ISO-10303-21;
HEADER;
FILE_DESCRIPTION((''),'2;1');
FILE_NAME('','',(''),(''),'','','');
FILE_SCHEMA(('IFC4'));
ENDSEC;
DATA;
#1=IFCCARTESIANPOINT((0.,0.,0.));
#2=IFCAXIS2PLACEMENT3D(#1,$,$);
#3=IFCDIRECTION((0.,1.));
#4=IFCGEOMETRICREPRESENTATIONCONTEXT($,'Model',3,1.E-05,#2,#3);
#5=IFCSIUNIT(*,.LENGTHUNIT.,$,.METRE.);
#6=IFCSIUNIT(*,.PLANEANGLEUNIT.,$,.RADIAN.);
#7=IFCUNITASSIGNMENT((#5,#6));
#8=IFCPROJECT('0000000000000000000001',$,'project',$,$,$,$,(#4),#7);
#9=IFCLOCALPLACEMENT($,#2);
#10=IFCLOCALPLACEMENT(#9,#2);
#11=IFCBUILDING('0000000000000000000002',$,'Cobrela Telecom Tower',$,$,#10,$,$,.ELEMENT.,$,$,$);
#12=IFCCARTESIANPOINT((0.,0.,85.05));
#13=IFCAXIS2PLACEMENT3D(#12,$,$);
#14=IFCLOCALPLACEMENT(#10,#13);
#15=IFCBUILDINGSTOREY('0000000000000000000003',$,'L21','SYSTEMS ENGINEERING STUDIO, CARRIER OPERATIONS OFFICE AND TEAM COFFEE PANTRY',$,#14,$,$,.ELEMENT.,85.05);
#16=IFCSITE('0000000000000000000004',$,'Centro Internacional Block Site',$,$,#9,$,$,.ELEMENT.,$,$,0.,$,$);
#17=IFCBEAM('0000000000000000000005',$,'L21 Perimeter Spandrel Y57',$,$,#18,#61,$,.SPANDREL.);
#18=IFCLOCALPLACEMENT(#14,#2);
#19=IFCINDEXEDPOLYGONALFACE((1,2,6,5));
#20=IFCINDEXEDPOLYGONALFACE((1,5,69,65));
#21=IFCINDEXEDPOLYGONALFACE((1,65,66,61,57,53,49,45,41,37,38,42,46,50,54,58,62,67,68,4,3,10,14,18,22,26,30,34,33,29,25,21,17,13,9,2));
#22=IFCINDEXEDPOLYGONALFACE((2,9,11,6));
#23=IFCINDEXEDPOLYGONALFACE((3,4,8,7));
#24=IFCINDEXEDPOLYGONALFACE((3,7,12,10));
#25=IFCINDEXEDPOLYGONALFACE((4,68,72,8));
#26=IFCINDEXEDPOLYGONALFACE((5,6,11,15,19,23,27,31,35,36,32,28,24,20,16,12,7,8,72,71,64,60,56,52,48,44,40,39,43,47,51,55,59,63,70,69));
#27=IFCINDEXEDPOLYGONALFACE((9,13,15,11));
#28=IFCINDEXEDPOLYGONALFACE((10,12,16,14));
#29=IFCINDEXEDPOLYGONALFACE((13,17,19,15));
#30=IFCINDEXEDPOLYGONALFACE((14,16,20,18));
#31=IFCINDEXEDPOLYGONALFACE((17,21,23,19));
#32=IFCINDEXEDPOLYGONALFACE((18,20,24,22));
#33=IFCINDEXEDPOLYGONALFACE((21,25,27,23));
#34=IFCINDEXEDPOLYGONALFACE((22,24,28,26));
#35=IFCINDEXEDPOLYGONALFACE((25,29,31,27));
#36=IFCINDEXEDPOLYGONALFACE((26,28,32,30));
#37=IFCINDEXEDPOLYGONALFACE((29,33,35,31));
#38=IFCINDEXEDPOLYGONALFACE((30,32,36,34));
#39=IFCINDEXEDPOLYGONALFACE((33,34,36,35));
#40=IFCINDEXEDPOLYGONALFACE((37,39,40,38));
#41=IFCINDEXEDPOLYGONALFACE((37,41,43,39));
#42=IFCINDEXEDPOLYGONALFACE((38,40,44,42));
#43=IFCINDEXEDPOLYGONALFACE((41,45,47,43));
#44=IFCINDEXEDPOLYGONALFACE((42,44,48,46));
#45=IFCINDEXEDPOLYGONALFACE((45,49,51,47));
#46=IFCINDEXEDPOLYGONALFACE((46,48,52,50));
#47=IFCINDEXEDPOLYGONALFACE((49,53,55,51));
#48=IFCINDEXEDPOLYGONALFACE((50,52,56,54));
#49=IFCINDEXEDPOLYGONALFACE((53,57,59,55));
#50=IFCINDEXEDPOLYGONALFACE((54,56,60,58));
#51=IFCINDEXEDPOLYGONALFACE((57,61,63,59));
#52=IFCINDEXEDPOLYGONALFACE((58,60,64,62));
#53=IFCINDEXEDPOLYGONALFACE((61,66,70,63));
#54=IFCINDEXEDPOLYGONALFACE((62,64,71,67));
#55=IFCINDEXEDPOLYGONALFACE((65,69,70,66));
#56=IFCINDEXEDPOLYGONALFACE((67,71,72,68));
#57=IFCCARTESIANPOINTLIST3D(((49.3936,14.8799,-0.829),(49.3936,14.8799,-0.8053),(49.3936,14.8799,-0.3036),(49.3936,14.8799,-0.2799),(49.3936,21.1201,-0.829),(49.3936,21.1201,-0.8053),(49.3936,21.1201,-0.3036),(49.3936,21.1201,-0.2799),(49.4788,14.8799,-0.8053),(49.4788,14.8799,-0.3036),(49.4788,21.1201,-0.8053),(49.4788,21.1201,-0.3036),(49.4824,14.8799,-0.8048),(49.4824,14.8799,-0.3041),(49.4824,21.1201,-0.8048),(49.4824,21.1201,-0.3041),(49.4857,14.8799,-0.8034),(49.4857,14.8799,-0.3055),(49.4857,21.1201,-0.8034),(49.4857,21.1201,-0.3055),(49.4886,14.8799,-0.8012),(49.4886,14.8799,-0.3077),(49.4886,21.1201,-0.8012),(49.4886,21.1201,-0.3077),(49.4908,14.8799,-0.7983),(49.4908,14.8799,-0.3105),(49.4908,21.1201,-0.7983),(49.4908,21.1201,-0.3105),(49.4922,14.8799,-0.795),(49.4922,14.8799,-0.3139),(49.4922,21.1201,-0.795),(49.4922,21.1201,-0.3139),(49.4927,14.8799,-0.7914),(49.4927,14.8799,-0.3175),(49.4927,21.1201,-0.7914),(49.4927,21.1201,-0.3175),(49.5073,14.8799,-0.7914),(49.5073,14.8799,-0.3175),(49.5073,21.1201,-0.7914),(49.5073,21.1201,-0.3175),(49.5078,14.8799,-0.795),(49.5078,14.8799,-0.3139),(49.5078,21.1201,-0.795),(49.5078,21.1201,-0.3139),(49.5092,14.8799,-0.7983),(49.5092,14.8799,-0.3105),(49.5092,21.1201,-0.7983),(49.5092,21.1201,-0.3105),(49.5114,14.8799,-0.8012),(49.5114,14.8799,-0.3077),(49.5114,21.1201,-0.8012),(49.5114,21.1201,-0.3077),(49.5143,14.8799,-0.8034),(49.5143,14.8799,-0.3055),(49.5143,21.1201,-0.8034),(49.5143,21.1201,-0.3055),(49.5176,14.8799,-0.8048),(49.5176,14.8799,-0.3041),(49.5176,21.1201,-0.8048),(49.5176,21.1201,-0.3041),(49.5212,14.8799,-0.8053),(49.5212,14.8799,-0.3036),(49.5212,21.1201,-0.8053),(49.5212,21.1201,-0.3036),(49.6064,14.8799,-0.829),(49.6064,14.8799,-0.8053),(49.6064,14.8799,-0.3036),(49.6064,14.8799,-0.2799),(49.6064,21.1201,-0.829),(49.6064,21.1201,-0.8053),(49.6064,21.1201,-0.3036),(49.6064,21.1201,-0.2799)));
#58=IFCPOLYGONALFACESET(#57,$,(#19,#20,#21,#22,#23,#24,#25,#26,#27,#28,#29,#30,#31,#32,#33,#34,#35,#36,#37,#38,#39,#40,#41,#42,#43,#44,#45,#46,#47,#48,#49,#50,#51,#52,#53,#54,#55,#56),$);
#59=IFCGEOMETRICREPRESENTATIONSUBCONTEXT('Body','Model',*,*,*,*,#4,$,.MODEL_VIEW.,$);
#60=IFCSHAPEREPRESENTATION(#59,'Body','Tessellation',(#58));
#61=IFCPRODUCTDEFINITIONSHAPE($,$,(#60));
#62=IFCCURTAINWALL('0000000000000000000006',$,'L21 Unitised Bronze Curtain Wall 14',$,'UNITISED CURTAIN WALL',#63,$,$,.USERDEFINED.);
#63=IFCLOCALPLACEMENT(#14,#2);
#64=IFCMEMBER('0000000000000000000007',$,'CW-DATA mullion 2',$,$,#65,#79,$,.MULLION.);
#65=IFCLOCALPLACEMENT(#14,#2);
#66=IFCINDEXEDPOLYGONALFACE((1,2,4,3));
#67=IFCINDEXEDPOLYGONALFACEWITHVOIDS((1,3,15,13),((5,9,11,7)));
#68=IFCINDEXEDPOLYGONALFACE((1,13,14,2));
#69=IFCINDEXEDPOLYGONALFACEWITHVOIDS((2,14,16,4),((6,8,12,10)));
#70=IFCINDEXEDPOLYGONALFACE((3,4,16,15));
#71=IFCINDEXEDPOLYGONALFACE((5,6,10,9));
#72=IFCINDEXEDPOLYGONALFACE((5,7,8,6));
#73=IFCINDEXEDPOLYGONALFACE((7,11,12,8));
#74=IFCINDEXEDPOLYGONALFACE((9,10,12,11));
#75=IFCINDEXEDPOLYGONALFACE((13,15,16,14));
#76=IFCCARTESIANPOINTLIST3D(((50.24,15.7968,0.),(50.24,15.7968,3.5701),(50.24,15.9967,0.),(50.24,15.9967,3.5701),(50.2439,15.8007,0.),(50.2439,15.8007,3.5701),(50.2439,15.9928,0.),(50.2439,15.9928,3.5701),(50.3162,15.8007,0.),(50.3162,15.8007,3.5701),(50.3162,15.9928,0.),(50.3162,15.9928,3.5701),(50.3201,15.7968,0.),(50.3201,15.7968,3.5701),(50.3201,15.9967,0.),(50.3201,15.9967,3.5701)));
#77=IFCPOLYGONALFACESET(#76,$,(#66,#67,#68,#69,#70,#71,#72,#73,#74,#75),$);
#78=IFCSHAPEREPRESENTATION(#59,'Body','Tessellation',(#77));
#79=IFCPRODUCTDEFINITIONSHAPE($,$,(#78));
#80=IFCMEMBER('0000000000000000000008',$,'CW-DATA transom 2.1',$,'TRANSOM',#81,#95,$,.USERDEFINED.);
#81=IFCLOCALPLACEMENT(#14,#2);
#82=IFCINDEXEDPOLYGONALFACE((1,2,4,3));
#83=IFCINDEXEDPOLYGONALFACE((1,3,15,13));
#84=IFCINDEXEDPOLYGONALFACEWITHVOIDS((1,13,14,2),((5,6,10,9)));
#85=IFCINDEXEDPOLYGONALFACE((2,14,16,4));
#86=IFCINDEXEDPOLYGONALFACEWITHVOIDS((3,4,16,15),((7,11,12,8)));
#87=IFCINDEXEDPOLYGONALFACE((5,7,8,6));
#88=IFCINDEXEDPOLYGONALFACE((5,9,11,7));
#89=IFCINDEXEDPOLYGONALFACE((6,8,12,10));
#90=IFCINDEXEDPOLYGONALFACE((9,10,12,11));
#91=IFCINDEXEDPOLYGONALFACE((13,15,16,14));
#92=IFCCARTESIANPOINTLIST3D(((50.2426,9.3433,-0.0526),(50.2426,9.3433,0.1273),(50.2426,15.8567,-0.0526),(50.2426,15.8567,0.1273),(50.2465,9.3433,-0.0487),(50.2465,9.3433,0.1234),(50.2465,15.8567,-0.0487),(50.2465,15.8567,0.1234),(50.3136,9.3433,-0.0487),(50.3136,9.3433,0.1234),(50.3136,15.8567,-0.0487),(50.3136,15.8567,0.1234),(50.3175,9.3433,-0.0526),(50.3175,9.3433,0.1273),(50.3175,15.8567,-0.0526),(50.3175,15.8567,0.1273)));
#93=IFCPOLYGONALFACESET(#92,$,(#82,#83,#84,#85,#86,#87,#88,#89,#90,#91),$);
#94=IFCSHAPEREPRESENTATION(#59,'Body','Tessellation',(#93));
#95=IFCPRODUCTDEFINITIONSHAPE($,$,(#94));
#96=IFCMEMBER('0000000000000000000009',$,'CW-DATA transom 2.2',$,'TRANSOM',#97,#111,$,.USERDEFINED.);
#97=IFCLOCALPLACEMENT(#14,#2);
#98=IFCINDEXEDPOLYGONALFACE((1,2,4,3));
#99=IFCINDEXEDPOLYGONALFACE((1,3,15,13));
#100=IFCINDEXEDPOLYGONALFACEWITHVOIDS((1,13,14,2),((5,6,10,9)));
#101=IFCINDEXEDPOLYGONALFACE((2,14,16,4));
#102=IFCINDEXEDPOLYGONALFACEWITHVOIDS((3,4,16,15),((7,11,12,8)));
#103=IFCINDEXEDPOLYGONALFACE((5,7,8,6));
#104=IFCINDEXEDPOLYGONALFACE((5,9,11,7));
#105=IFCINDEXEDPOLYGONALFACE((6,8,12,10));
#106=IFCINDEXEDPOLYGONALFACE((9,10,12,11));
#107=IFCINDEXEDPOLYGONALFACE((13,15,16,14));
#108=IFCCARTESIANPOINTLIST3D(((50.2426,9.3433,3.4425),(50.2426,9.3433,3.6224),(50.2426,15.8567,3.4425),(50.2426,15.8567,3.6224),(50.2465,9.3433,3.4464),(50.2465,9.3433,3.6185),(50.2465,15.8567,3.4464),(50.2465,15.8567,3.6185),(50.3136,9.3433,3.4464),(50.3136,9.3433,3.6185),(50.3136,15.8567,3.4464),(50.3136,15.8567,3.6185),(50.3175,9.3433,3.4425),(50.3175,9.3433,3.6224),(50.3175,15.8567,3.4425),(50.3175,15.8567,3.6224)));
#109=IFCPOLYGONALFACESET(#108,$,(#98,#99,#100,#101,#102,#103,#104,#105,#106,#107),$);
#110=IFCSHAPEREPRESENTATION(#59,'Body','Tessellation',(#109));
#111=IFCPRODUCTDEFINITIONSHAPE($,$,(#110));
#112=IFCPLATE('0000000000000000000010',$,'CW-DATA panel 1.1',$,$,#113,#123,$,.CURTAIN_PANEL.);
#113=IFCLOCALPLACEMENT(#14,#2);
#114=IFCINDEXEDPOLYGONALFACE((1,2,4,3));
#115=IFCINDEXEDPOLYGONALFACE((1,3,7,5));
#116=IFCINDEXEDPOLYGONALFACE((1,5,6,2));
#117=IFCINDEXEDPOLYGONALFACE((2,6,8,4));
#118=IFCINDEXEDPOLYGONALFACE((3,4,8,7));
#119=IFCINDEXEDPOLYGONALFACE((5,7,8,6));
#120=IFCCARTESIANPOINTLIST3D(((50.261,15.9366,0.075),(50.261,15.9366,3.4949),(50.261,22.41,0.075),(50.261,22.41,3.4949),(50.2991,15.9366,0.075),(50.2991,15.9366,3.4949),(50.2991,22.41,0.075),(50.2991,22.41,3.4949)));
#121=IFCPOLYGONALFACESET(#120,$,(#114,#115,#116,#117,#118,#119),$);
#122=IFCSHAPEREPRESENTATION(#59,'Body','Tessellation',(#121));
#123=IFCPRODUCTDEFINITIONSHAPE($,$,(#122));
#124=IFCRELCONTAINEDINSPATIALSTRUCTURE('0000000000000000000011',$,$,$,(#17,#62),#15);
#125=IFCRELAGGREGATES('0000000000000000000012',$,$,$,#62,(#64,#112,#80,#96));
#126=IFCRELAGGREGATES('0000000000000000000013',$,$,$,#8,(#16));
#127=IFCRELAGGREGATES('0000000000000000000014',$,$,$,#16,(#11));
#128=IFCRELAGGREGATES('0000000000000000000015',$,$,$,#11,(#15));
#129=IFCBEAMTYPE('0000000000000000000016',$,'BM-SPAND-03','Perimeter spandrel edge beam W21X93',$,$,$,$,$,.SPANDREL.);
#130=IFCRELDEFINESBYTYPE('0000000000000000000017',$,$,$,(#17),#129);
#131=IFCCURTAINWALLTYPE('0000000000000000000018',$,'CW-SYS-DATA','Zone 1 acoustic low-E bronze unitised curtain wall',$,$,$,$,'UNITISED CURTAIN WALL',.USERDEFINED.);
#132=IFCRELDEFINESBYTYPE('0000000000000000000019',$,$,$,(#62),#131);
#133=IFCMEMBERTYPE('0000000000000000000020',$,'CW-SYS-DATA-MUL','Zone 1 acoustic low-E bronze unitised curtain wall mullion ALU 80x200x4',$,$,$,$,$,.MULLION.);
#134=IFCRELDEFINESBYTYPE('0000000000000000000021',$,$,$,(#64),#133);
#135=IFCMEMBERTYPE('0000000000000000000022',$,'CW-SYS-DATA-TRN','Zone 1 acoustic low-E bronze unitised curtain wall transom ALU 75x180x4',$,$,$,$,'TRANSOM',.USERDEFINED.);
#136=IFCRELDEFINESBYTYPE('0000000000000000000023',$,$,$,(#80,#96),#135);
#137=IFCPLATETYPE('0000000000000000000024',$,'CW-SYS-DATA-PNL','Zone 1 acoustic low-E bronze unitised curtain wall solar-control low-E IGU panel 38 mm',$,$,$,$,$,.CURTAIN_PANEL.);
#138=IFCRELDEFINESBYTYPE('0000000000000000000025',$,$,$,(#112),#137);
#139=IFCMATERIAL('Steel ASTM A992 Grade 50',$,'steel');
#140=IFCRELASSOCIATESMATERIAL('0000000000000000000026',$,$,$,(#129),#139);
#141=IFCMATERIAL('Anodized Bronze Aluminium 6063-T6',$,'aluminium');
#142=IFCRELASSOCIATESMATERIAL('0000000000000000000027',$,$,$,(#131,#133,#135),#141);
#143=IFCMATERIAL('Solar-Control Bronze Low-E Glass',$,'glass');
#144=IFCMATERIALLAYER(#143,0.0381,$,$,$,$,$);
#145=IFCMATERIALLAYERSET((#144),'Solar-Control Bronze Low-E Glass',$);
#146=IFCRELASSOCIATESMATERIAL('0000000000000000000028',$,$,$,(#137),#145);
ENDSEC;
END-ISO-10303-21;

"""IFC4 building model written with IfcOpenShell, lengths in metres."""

from ifc_helpers import new_model, si_unit, direction, frame, origin, origin_2d, place, context, subcontext, project, spatial, rectangle, hollow_rectangle, i_section, extrude, material, layer, layer_set, material_profile, profile_set, type_object, element, aggregate, save


model = new_model("IFC4")

# Units and contexts
model_context = context("Model", 3, precision=1e-05, world=origin(), true_north=direction((0.0, 1.0)))
body_context = subcontext(model_context, "Body", "Model", "MODEL_VIEW")
ifc_project = project(units=[si_unit("LENGTHUNIT", "METRE"), si_unit("PLANEANGLEUNIT", "RADIAN")], contexts=[model_context])

# Site, building, storey
site_placement = place(None, origin())
site = spatial("IfcSite", under=ifc_project, at=site_placement, Name="Centro Internacional Block Site", CompositionType="ELEMENT", RefElevation=0.0)
building_placement = place(site_placement, origin())
building = spatial("IfcBuilding", under=site, at=building_placement, Name="Cobrela Telecom Tower", CompositionType="ELEMENT")
storey_placement = place(building_placement, frame((0.0, 0.0, 85.05)))
storey = spatial("IfcBuildingStorey", under=building, at=storey_placement, Name="L21", Description="SYSTEMS ENGINEERING STUDIO, CARRIER OPERATIONS OFFICE AND TEAM COFFEE PANTRY", CompositionType="ELEMENT", Elevation=85.05)

# Shared definitions
ifc_material_1 = material(Name="Steel ASTM A992 Grade 50", Category="steel")

# Beam
ifc_material_profile_1 = material_profile(ifc_material_1, i_section(OverallWidth=0.2129, OverallDepth=0.5491, WebThickness=0.0146, FlangeThickness=0.0237, FilletRadius=0.0139, at=origin_2d()), Name="W21X93")
ifc_profile_set_1 = profile_set([ifc_material_profile_1], Name="Steel ASTM A992 Grade 50")
beam_type_1 = type_object("IfcBeamType", Name="BM-SPAND-03", Description="Perimeter spandrel edge beam W21X93", PredefinedType="SPANDREL", material=ifc_profile_set_1)
beam_placement = place(storey_placement, frame((49.5, 14.8799, -0.5544), z_axis=(0.0, 1.0, 0.0), x_axis=(-1.0, 0.0, 0.0)))
element("IfcBeam", 1, at=beam_placement, inside=storey, type_object=beam_type_1, Name="L21 Perimeter Spandrel Y57", PredefinedType="SPANDREL", context=body_context, shape_type="SweptSolid", body=[
    extrude(i_section(OverallWidth=0.2129, OverallDepth=0.5491, WebThickness=0.0146, FlangeThickness=0.0237, FilletRadius=0.0139, at=origin_2d()), origin(), (0.0, 0.0, 1.0), 6.2402),
])

# Curtain wall, members, plate
ifc_material_2 = material(Name="Anodized Bronze Aluminium 6063-T6", Category="aluminium")
curtain_wall_type = type_object("IfcCurtainWallType", Name="CW-SYS-DATA", Description="Zone 1 acoustic low-E bronze unitised curtain wall", ElementType="UNITISED CURTAIN WALL", PredefinedType="USERDEFINED", material=ifc_material_2)
curtain_wall_placement = place(storey_placement, origin())
curtain_wall = element("IfcCurtainWall", 2, at=curtain_wall_placement, inside=storey, type_object=curtain_wall_type, Name="L21 Unitised Bronze Curtain Wall 14", ObjectType="UNITISED CURTAIN WALL", PredefinedType="USERDEFINED")
ifc_material_profile_2 = material_profile(ifc_material_2, hollow_rectangle(XDim=0.0801, YDim=0.2, WallThickness=0.0039, at=origin_2d()), Name="ALU 80x200x4")
ifc_profile_set_2 = profile_set([ifc_material_profile_2], Name="Anodized Bronze Aluminium 6063-T6")
member_type_1 = type_object("IfcMemberType", Name="CW-SYS-DATA-MUL", Description="Zone 1 acoustic low-E bronze unitised curtain wall mullion ALU 80x200x4", PredefinedType="MULLION", material=ifc_profile_set_2)
member_1_placement = place(storey_placement, frame((50.28, 15.8967, 0.0), z_axis=(0.0, 0.0, 1.0), x_axis=(1.0, 0.0, 0.0)))
member_1 = element("IfcMember", 3, at=member_1_placement, type_object=member_type_1, Name="CW-DATA mullion 2", PredefinedType="MULLION", context=body_context, shape_type="SweptSolid", body=[
    extrude(hollow_rectangle(XDim=0.0801, YDim=0.2, WallThickness=0.0039, at=origin_2d()), origin(), (0.0, 0.0, 1.0), 3.5701),
])
ifc_material_profile_3 = material_profile(ifc_material_2, hollow_rectangle(XDim=0.075, YDim=0.1799, WallThickness=0.0039, at=origin_2d()), Name="ALU 75x180x4")
ifc_profile_set_3 = profile_set([ifc_material_profile_3], Name="Anodized Bronze Aluminium 6063-T6")
member_type_2 = type_object("IfcMemberType", Name="CW-SYS-DATA-TRN", Description="Zone 1 acoustic low-E bronze unitised curtain wall transom ALU 75x180x4", ElementType="TRANSOM", PredefinedType="USERDEFINED", material=ifc_profile_set_3)
member_2_placement = place(storey_placement, frame((50.28, 15.8567, 0.0374), z_axis=(0.0, -1.0, 0.0), x_axis=(1.0, 0.0, 0.0)))
member_2 = element("IfcMember", 4, at=member_2_placement, type_object=member_type_2, Name="CW-DATA transom 2.1", ObjectType="TRANSOM", PredefinedType="USERDEFINED", context=body_context, shape_type="SweptSolid", body=[
    extrude(hollow_rectangle(XDim=0.075, YDim=0.1799, WallThickness=0.0039, at=origin_2d()), origin(), (0.0, 0.0, 1.0), 6.5134),
])
member_3_placement = place(storey_placement, frame((50.28, 15.8567, 3.5325), z_axis=(0.0, -1.0, 0.0), x_axis=(1.0, 0.0, 0.0)))
member_3 = element("IfcMember", 5, at=member_3_placement, type_object=member_type_2, Name="CW-DATA transom 2.2", ObjectType="TRANSOM", PredefinedType="USERDEFINED", context=body_context, shape_type="SweptSolid", body=[
    extrude(hollow_rectangle(XDim=0.075, YDim=0.1799, WallThickness=0.0039, at=origin_2d()), origin(), (0.0, 0.0, 1.0), 6.5134),
])
ifc_material_3 = material(Name="Solar-Control Bronze Low-E Glass", Category="glass")
ifc_layer = layer(ifc_material_3, 0.0381)
ifc_layer_set = layer_set([ifc_layer], Name="Solar-Control Bronze Low-E Glass")
plate_type = type_object("IfcPlateType", Name="CW-SYS-DATA-PNL", Description="Zone 1 acoustic low-E bronze unitised curtain wall solar-control low-E IGU panel 38 mm", PredefinedType="CURTAIN_PANEL", material=ifc_layer_set)
plate_placement = place(storey_placement, frame((50.28, 19.1733, 0.075), z_axis=(0.0, 0.0, 1.0), x_axis=(0.0, -1.0, 0.0)))
plate = element("IfcPlate", 6, at=plate_placement, type_object=plate_type, Name="CW-DATA panel 1.1", PredefinedType="CURTAIN_PANEL", context=body_context, shape_type="SweptSolid", body=[
    extrude(rectangle(XDim=6.4734, YDim=0.0381, at=origin_2d()), origin(), (0.0, 0.0, 1.0), 3.4199),
])
aggregate(curtain_wall, [member_1, plate, member_2, member_3])

save(model, "model.ifc")
